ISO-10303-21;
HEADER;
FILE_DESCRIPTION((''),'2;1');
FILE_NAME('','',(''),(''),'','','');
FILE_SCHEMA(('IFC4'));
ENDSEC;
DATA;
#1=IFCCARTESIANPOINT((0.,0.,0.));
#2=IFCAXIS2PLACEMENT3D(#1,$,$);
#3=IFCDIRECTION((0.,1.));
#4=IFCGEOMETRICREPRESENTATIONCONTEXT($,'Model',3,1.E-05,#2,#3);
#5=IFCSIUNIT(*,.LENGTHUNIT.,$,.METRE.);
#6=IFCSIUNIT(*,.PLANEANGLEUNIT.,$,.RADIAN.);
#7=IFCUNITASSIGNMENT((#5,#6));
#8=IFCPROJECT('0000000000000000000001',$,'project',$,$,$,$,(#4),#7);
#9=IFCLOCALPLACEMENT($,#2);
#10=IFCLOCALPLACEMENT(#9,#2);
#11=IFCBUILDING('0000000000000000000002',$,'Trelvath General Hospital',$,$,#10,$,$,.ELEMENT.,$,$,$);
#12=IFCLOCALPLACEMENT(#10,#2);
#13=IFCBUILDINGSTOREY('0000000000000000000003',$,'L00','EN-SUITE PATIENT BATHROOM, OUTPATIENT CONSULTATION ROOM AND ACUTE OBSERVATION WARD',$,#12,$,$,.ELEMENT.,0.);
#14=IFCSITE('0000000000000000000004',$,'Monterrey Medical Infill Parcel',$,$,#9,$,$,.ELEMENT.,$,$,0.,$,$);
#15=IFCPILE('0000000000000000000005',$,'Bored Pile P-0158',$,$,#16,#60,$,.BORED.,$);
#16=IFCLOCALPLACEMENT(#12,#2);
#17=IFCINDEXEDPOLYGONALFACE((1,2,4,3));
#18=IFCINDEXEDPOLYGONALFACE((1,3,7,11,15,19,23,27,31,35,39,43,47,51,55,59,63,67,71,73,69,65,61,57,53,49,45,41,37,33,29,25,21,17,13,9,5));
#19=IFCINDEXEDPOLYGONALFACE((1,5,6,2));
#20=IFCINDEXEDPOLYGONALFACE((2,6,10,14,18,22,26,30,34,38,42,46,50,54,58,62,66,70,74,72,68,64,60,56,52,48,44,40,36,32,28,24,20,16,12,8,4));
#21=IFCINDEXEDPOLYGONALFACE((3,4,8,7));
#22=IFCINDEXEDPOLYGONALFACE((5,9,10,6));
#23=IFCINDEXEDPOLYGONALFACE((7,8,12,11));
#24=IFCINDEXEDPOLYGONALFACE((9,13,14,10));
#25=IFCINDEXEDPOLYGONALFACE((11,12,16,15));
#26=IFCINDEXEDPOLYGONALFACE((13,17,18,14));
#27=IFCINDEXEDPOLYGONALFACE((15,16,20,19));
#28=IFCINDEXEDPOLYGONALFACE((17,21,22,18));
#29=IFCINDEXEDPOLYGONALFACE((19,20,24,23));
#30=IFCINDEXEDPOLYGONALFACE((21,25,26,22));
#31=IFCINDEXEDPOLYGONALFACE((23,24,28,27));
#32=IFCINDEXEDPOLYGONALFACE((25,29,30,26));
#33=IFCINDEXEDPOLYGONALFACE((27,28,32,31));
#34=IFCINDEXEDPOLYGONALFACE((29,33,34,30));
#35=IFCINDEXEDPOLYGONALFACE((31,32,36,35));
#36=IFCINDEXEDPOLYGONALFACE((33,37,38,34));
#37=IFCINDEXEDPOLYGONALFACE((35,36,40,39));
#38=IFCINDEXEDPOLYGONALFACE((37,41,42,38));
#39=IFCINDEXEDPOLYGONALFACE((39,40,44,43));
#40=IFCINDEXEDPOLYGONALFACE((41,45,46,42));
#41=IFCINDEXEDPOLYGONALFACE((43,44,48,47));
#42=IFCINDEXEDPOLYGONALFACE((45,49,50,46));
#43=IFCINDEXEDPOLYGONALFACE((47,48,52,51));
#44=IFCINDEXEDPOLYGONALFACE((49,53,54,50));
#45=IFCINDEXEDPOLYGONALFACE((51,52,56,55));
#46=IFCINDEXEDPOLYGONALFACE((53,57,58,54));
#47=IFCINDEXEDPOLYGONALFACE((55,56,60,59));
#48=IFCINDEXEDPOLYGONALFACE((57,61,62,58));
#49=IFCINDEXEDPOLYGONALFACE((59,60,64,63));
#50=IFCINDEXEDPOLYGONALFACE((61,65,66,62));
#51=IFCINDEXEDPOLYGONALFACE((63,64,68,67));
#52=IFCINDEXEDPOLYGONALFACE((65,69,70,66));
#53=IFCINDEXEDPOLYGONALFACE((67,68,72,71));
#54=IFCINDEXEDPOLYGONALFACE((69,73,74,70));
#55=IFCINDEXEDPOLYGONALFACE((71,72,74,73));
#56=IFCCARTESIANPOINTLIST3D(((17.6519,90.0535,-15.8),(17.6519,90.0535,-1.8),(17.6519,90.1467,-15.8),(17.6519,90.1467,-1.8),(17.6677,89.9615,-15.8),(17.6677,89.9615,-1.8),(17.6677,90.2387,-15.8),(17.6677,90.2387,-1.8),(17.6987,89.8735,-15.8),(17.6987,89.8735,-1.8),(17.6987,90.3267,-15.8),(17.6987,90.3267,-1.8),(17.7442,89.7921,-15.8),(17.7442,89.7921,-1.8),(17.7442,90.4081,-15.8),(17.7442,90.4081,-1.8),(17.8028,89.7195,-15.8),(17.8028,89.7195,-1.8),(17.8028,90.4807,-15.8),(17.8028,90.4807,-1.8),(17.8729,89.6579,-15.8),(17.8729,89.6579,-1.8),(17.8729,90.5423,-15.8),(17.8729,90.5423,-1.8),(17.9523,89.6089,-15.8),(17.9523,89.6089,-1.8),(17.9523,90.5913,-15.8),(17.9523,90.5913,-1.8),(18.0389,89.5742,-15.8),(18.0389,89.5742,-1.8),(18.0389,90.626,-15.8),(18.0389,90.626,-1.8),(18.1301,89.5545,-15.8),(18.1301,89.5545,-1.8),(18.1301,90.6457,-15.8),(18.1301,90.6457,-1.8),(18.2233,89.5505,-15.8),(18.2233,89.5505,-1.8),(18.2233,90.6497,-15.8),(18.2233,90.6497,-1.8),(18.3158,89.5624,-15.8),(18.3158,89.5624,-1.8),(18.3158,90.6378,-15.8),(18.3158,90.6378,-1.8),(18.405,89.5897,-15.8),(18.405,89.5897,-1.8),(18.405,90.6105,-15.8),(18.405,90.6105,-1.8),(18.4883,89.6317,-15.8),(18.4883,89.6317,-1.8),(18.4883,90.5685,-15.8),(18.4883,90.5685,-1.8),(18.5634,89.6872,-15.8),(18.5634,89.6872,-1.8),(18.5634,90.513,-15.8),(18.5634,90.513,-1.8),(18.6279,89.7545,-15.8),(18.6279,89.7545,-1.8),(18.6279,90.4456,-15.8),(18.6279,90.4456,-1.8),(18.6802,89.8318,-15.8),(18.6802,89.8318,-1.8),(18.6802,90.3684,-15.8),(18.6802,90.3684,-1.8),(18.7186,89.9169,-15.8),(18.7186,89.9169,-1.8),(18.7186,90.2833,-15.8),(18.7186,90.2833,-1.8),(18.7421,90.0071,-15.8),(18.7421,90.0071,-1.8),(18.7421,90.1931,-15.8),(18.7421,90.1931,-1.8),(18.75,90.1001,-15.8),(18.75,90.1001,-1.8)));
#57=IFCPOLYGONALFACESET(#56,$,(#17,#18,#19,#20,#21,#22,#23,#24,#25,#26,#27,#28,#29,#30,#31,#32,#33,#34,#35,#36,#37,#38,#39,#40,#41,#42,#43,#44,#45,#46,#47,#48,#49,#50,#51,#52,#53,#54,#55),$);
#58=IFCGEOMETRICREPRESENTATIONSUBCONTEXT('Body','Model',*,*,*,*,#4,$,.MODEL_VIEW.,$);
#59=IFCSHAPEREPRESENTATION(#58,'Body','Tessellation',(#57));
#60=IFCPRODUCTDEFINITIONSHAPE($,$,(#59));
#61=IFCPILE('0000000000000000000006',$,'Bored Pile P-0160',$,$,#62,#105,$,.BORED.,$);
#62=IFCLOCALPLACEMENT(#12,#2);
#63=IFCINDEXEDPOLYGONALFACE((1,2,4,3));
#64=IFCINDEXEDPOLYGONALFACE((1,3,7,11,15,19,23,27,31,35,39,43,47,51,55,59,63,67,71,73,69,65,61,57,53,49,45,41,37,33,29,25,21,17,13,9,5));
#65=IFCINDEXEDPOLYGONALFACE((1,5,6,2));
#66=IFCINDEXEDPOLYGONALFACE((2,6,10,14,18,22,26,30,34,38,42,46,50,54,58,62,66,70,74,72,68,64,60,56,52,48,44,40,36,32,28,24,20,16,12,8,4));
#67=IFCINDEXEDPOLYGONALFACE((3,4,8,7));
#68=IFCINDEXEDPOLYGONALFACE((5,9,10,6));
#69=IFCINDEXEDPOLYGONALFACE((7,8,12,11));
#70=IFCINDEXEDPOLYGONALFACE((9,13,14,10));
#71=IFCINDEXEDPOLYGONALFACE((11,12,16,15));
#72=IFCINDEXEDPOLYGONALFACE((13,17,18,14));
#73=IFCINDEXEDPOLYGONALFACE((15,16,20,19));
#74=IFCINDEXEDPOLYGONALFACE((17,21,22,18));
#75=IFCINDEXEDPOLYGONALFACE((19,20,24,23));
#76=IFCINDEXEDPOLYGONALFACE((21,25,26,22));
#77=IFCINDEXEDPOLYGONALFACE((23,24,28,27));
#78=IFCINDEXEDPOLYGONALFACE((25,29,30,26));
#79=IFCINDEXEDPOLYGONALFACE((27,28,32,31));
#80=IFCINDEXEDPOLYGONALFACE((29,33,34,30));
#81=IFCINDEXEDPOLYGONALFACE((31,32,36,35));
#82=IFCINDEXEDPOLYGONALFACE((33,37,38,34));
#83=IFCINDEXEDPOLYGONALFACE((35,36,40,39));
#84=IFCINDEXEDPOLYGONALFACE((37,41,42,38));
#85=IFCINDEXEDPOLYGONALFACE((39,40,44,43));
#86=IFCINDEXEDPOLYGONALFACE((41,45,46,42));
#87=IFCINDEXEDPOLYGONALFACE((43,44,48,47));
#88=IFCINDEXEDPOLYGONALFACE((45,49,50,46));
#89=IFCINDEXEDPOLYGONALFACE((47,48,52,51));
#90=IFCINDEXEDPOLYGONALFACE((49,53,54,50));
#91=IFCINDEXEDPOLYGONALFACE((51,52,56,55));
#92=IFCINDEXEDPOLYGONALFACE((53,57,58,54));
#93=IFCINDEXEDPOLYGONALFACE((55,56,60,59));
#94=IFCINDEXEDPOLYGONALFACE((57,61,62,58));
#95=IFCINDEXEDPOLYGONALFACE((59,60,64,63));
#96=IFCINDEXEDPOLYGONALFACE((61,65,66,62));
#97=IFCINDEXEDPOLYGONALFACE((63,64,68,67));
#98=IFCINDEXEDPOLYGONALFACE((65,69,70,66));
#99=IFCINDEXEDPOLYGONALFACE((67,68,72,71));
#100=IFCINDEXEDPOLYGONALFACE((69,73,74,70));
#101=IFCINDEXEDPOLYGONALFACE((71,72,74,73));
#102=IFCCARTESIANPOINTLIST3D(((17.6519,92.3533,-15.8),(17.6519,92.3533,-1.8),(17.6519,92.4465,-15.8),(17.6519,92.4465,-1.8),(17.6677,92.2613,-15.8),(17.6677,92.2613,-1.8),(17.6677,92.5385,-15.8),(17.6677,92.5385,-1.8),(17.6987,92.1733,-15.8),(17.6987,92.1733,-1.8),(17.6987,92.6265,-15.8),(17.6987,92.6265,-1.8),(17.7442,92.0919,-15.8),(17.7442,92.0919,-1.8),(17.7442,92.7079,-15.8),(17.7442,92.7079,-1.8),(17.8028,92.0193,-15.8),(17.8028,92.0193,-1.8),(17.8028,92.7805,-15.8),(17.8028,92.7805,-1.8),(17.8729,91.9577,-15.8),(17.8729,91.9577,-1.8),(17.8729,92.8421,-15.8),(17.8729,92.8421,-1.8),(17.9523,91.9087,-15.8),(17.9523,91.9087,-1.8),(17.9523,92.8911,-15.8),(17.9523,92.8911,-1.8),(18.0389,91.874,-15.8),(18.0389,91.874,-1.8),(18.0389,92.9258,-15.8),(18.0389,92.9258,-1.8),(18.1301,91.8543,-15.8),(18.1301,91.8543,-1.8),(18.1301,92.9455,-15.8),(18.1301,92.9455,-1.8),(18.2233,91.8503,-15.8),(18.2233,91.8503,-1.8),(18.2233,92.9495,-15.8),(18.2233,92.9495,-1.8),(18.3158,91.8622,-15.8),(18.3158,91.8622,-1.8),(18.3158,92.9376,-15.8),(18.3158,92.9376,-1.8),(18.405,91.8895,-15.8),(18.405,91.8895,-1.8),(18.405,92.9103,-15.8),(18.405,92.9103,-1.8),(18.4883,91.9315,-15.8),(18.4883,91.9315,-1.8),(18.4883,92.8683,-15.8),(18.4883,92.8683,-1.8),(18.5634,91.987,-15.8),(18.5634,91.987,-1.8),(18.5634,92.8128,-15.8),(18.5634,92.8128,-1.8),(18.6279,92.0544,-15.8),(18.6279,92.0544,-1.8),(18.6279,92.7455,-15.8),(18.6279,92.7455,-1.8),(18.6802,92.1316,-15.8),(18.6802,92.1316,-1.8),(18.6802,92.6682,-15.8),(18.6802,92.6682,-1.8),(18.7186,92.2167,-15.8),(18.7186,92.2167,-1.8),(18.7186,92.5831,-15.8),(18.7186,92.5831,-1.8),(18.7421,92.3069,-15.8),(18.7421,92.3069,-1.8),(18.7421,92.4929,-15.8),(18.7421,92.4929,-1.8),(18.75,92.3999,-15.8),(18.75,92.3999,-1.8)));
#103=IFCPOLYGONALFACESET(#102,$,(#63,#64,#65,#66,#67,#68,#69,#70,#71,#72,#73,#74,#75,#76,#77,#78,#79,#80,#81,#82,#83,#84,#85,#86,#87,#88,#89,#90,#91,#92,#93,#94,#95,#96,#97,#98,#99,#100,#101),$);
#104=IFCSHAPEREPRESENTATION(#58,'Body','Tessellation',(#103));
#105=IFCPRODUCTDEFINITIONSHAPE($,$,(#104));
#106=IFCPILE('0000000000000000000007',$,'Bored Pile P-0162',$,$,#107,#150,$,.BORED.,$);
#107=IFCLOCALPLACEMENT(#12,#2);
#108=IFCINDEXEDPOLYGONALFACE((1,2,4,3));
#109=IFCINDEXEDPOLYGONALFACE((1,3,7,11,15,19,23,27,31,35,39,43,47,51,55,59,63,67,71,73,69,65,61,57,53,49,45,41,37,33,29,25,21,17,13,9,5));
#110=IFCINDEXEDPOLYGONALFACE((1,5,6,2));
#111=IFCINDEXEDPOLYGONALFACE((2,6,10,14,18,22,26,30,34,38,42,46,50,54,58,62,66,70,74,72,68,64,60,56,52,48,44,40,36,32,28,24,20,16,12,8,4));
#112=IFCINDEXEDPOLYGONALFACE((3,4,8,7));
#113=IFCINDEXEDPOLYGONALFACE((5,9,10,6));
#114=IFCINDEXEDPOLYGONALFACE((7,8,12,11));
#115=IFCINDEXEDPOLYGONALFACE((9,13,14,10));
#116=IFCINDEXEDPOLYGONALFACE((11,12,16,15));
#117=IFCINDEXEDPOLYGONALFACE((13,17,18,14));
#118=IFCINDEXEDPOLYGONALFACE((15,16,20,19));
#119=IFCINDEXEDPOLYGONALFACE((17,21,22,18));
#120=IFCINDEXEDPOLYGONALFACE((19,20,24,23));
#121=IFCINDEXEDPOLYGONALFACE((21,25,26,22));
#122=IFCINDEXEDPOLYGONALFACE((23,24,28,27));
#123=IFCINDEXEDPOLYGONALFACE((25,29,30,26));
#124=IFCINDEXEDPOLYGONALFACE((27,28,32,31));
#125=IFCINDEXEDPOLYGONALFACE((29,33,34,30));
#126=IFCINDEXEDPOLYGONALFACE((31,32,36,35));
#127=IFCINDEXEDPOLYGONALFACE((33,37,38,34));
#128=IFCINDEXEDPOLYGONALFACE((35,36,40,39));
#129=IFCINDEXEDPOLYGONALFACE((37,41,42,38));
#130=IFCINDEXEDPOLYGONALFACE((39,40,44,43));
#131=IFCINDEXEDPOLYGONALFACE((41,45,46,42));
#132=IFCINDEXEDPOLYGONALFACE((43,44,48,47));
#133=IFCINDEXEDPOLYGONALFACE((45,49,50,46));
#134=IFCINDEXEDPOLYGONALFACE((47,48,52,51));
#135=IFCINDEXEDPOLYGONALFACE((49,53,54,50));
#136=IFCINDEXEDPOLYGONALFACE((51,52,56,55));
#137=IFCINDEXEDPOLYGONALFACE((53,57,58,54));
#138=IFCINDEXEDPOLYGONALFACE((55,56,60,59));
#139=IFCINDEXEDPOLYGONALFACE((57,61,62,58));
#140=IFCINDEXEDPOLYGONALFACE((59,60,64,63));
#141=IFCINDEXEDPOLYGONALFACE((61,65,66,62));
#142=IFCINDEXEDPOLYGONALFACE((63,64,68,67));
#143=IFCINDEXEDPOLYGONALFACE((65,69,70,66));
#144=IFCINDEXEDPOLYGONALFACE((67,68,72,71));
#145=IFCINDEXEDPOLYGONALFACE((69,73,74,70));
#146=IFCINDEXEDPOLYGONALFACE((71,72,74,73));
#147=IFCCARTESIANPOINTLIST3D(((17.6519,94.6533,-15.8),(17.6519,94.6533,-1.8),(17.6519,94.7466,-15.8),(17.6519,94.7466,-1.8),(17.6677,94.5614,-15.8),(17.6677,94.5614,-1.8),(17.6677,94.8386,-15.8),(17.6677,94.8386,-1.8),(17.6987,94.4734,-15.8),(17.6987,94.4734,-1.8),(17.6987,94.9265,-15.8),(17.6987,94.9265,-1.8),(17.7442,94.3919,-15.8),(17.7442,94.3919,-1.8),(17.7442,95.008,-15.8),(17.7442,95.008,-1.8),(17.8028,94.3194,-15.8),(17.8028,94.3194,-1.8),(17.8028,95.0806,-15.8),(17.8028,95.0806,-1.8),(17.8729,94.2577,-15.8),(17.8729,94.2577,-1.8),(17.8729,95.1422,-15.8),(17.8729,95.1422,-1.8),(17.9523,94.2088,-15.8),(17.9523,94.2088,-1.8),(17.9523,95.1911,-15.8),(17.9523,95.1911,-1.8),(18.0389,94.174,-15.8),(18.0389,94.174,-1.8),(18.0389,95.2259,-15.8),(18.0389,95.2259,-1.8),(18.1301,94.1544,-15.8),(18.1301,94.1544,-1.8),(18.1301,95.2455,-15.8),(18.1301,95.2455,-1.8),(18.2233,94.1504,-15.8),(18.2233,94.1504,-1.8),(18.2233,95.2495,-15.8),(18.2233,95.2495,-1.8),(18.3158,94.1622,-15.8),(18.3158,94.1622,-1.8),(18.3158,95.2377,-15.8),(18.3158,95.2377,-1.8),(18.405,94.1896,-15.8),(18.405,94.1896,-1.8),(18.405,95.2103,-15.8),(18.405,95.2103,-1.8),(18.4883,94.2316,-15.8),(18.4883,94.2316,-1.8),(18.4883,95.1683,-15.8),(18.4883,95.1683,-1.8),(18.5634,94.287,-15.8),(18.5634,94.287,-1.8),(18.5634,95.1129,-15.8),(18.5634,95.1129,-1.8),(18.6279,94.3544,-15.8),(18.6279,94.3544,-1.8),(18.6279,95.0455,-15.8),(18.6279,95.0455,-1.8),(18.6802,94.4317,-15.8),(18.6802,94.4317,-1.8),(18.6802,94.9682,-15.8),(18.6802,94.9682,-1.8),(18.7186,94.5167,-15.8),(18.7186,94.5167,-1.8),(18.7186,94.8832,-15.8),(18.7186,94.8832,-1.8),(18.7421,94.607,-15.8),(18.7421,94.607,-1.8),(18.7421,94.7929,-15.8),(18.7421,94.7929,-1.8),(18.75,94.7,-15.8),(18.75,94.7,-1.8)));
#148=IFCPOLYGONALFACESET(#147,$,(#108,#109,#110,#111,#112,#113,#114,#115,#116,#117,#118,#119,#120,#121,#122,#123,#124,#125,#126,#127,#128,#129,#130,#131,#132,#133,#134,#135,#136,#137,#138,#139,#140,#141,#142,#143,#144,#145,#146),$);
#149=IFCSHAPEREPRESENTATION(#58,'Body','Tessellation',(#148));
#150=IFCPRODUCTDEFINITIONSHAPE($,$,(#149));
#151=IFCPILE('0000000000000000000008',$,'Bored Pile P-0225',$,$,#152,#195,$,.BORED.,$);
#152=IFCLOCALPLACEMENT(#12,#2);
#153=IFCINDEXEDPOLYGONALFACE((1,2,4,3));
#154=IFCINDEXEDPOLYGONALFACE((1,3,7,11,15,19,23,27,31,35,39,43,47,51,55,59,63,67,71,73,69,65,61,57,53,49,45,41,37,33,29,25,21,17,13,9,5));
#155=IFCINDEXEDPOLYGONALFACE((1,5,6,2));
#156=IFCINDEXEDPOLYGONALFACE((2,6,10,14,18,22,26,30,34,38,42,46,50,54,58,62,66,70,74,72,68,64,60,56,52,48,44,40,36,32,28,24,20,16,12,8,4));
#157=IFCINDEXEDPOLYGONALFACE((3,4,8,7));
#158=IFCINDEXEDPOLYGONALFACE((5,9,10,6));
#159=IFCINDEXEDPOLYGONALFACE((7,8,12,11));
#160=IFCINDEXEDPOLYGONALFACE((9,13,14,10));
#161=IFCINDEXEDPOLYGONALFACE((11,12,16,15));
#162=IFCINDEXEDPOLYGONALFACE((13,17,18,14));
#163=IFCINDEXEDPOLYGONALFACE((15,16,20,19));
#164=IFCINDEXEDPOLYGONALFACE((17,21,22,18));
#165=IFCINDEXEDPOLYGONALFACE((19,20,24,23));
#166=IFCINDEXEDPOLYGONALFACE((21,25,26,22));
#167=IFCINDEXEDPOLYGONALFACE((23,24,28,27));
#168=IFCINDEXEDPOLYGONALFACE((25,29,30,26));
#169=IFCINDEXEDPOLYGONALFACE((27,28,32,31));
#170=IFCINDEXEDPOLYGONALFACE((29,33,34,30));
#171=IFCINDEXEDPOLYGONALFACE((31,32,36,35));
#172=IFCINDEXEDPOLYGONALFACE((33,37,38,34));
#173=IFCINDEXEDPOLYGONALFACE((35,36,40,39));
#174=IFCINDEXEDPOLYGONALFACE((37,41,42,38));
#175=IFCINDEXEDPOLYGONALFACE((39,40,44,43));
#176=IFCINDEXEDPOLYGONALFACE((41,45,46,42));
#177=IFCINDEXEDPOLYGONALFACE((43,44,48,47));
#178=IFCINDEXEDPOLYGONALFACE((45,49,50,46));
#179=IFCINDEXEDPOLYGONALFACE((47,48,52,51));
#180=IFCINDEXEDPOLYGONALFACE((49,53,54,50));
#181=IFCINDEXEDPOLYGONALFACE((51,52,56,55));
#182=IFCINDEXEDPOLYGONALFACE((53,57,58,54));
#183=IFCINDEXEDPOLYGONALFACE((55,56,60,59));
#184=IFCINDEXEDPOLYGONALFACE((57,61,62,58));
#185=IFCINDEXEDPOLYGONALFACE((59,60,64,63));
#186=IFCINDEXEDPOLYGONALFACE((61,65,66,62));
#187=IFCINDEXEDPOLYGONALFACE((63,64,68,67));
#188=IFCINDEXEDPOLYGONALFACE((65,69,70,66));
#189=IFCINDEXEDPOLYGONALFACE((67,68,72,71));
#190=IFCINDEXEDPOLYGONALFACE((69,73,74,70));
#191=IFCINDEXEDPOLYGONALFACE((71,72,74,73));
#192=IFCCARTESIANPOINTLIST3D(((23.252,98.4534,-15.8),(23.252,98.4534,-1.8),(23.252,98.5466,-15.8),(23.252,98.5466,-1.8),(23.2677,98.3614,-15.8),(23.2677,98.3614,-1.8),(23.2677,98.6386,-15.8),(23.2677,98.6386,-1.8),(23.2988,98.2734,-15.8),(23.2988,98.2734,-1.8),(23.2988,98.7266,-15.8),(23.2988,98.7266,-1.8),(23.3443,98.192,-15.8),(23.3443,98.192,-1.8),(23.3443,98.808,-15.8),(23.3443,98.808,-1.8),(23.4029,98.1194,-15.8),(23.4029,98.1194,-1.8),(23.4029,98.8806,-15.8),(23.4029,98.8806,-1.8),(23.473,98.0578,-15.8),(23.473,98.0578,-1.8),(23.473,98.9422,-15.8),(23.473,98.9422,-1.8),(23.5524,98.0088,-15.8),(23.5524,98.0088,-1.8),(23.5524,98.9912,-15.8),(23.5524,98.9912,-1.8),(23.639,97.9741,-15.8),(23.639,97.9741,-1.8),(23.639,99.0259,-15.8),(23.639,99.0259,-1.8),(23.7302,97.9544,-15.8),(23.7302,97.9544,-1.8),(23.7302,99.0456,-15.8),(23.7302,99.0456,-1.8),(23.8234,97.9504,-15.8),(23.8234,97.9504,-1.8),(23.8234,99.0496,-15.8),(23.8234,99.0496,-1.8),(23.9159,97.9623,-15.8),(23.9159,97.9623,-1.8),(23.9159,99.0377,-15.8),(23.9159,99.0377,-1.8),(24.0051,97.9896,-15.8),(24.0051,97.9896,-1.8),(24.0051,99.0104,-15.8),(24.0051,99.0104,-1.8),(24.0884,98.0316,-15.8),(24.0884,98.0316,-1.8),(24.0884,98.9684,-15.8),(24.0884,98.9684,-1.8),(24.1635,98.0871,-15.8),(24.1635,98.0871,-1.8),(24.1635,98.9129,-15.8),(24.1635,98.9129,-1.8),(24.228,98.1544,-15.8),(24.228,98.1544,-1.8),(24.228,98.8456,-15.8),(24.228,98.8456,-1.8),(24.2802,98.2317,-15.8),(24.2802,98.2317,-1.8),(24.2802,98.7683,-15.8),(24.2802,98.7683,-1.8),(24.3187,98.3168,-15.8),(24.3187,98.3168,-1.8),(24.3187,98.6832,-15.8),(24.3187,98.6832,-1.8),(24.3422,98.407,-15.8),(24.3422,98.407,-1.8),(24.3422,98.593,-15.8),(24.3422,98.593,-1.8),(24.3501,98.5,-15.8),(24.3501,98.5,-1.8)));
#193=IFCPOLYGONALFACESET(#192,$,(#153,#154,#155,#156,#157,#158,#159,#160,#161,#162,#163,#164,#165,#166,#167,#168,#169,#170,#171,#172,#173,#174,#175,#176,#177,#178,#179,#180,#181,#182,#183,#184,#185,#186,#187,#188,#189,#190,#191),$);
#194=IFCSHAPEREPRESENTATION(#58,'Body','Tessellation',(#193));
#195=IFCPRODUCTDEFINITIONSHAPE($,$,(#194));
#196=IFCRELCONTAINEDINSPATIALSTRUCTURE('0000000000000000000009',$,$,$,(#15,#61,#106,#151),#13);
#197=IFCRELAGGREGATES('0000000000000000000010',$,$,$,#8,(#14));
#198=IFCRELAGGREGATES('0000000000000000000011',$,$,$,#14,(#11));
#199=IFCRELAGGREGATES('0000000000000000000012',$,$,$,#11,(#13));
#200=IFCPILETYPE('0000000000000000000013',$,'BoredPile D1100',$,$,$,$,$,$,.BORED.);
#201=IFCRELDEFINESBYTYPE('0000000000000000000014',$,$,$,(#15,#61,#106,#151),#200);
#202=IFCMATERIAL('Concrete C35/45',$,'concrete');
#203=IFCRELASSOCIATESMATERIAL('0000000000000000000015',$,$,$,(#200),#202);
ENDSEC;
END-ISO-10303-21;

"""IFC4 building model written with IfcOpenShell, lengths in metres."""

from ifc_helpers import new_model, si_unit, direction, frame, origin, origin_2d, place, context, subcontext, project, spatial, circle, extrude, material, material_profile, profile_set, type_object, element, save


model = new_model("IFC4")

# Units and contexts
model_context = context("Model", 3, precision=1e-05, world=origin(), true_north=direction((0.0, 1.0)))
body_context = subcontext(model_context, "Body", "Model", "MODEL_VIEW")
ifc_project = project(units=[si_unit("LENGTHUNIT", "METRE"), si_unit("PLANEANGLEUNIT", "RADIAN")], contexts=[model_context])

# Site, building, storey
site_placement = place(None, origin())
site = spatial("IfcSite", under=ifc_project, at=site_placement, Name="Monterrey Medical Infill Parcel", CompositionType="ELEMENT", RefElevation=0.0)
building_placement = place(site_placement, origin())
building = spatial("IfcBuilding", under=site, at=building_placement, Name="Trelvath General Hospital", CompositionType="ELEMENT")
storey_placement = place(building_placement, origin())
storey = spatial("IfcBuildingStorey", under=building, at=storey_placement, Name="L00", Description="EN-SUITE PATIENT BATHROOM, OUTPATIENT CONSULTATION ROOM AND ACUTE OBSERVATION WARD", CompositionType="ELEMENT", Elevation=0.0)

# Piles
ifc_material_1 = material(Name="Concrete C35/45", Category="concrete")
ifc_material_profile_1 = material_profile(ifc_material_1, circle(Radius=0.55, at=origin_2d()), Name="PILE1100")
ifc_profile_set_1 = profile_set([ifc_material_profile_1], Name="Concrete C35/45")
pile_type_1 = type_object("IfcPileType", Name="BoredPile D1100", PredefinedType="BORED", material=ifc_profile_set_1)
for number, where, z_axis, x_axis, name in (
    (1, (18.2, 90.1001, -1.8), (0.0, 0.0, -1.0), (1.0, 0.0, 0.0), "Bored Pile P-0158"),
    (2, (18.2, 92.3999, -1.8), (0.0, 0.0, -1.0), (1.0, 0.0, 0.0), "Bored Pile P-0160"),
    (3, (18.2, 94.7, -1.8), (0.0, 0.0, -1.0), (1.0, 0.0, 0.0), "Bored Pile P-0162"),
    (4, (23.8, 98.5, -1.8), (0.0, 0.0, -1.0), (1.0, 0.0, 0.0), "Bored Pile P-0225"),
):
    element("IfcPile", number, at=place(storey_placement, frame(where, z_axis=z_axis, x_axis=x_axis)), inside=storey, type_object=pile_type_1, Name=name, PredefinedType="BORED", context=body_context, shape_type="SweptSolid", body=[
        extrude(circle(Radius=0.55, at=origin_2d()), origin(), (0.0, 0.0, 1.0), 14.0),
    ])

save(model, "model.ifc")
